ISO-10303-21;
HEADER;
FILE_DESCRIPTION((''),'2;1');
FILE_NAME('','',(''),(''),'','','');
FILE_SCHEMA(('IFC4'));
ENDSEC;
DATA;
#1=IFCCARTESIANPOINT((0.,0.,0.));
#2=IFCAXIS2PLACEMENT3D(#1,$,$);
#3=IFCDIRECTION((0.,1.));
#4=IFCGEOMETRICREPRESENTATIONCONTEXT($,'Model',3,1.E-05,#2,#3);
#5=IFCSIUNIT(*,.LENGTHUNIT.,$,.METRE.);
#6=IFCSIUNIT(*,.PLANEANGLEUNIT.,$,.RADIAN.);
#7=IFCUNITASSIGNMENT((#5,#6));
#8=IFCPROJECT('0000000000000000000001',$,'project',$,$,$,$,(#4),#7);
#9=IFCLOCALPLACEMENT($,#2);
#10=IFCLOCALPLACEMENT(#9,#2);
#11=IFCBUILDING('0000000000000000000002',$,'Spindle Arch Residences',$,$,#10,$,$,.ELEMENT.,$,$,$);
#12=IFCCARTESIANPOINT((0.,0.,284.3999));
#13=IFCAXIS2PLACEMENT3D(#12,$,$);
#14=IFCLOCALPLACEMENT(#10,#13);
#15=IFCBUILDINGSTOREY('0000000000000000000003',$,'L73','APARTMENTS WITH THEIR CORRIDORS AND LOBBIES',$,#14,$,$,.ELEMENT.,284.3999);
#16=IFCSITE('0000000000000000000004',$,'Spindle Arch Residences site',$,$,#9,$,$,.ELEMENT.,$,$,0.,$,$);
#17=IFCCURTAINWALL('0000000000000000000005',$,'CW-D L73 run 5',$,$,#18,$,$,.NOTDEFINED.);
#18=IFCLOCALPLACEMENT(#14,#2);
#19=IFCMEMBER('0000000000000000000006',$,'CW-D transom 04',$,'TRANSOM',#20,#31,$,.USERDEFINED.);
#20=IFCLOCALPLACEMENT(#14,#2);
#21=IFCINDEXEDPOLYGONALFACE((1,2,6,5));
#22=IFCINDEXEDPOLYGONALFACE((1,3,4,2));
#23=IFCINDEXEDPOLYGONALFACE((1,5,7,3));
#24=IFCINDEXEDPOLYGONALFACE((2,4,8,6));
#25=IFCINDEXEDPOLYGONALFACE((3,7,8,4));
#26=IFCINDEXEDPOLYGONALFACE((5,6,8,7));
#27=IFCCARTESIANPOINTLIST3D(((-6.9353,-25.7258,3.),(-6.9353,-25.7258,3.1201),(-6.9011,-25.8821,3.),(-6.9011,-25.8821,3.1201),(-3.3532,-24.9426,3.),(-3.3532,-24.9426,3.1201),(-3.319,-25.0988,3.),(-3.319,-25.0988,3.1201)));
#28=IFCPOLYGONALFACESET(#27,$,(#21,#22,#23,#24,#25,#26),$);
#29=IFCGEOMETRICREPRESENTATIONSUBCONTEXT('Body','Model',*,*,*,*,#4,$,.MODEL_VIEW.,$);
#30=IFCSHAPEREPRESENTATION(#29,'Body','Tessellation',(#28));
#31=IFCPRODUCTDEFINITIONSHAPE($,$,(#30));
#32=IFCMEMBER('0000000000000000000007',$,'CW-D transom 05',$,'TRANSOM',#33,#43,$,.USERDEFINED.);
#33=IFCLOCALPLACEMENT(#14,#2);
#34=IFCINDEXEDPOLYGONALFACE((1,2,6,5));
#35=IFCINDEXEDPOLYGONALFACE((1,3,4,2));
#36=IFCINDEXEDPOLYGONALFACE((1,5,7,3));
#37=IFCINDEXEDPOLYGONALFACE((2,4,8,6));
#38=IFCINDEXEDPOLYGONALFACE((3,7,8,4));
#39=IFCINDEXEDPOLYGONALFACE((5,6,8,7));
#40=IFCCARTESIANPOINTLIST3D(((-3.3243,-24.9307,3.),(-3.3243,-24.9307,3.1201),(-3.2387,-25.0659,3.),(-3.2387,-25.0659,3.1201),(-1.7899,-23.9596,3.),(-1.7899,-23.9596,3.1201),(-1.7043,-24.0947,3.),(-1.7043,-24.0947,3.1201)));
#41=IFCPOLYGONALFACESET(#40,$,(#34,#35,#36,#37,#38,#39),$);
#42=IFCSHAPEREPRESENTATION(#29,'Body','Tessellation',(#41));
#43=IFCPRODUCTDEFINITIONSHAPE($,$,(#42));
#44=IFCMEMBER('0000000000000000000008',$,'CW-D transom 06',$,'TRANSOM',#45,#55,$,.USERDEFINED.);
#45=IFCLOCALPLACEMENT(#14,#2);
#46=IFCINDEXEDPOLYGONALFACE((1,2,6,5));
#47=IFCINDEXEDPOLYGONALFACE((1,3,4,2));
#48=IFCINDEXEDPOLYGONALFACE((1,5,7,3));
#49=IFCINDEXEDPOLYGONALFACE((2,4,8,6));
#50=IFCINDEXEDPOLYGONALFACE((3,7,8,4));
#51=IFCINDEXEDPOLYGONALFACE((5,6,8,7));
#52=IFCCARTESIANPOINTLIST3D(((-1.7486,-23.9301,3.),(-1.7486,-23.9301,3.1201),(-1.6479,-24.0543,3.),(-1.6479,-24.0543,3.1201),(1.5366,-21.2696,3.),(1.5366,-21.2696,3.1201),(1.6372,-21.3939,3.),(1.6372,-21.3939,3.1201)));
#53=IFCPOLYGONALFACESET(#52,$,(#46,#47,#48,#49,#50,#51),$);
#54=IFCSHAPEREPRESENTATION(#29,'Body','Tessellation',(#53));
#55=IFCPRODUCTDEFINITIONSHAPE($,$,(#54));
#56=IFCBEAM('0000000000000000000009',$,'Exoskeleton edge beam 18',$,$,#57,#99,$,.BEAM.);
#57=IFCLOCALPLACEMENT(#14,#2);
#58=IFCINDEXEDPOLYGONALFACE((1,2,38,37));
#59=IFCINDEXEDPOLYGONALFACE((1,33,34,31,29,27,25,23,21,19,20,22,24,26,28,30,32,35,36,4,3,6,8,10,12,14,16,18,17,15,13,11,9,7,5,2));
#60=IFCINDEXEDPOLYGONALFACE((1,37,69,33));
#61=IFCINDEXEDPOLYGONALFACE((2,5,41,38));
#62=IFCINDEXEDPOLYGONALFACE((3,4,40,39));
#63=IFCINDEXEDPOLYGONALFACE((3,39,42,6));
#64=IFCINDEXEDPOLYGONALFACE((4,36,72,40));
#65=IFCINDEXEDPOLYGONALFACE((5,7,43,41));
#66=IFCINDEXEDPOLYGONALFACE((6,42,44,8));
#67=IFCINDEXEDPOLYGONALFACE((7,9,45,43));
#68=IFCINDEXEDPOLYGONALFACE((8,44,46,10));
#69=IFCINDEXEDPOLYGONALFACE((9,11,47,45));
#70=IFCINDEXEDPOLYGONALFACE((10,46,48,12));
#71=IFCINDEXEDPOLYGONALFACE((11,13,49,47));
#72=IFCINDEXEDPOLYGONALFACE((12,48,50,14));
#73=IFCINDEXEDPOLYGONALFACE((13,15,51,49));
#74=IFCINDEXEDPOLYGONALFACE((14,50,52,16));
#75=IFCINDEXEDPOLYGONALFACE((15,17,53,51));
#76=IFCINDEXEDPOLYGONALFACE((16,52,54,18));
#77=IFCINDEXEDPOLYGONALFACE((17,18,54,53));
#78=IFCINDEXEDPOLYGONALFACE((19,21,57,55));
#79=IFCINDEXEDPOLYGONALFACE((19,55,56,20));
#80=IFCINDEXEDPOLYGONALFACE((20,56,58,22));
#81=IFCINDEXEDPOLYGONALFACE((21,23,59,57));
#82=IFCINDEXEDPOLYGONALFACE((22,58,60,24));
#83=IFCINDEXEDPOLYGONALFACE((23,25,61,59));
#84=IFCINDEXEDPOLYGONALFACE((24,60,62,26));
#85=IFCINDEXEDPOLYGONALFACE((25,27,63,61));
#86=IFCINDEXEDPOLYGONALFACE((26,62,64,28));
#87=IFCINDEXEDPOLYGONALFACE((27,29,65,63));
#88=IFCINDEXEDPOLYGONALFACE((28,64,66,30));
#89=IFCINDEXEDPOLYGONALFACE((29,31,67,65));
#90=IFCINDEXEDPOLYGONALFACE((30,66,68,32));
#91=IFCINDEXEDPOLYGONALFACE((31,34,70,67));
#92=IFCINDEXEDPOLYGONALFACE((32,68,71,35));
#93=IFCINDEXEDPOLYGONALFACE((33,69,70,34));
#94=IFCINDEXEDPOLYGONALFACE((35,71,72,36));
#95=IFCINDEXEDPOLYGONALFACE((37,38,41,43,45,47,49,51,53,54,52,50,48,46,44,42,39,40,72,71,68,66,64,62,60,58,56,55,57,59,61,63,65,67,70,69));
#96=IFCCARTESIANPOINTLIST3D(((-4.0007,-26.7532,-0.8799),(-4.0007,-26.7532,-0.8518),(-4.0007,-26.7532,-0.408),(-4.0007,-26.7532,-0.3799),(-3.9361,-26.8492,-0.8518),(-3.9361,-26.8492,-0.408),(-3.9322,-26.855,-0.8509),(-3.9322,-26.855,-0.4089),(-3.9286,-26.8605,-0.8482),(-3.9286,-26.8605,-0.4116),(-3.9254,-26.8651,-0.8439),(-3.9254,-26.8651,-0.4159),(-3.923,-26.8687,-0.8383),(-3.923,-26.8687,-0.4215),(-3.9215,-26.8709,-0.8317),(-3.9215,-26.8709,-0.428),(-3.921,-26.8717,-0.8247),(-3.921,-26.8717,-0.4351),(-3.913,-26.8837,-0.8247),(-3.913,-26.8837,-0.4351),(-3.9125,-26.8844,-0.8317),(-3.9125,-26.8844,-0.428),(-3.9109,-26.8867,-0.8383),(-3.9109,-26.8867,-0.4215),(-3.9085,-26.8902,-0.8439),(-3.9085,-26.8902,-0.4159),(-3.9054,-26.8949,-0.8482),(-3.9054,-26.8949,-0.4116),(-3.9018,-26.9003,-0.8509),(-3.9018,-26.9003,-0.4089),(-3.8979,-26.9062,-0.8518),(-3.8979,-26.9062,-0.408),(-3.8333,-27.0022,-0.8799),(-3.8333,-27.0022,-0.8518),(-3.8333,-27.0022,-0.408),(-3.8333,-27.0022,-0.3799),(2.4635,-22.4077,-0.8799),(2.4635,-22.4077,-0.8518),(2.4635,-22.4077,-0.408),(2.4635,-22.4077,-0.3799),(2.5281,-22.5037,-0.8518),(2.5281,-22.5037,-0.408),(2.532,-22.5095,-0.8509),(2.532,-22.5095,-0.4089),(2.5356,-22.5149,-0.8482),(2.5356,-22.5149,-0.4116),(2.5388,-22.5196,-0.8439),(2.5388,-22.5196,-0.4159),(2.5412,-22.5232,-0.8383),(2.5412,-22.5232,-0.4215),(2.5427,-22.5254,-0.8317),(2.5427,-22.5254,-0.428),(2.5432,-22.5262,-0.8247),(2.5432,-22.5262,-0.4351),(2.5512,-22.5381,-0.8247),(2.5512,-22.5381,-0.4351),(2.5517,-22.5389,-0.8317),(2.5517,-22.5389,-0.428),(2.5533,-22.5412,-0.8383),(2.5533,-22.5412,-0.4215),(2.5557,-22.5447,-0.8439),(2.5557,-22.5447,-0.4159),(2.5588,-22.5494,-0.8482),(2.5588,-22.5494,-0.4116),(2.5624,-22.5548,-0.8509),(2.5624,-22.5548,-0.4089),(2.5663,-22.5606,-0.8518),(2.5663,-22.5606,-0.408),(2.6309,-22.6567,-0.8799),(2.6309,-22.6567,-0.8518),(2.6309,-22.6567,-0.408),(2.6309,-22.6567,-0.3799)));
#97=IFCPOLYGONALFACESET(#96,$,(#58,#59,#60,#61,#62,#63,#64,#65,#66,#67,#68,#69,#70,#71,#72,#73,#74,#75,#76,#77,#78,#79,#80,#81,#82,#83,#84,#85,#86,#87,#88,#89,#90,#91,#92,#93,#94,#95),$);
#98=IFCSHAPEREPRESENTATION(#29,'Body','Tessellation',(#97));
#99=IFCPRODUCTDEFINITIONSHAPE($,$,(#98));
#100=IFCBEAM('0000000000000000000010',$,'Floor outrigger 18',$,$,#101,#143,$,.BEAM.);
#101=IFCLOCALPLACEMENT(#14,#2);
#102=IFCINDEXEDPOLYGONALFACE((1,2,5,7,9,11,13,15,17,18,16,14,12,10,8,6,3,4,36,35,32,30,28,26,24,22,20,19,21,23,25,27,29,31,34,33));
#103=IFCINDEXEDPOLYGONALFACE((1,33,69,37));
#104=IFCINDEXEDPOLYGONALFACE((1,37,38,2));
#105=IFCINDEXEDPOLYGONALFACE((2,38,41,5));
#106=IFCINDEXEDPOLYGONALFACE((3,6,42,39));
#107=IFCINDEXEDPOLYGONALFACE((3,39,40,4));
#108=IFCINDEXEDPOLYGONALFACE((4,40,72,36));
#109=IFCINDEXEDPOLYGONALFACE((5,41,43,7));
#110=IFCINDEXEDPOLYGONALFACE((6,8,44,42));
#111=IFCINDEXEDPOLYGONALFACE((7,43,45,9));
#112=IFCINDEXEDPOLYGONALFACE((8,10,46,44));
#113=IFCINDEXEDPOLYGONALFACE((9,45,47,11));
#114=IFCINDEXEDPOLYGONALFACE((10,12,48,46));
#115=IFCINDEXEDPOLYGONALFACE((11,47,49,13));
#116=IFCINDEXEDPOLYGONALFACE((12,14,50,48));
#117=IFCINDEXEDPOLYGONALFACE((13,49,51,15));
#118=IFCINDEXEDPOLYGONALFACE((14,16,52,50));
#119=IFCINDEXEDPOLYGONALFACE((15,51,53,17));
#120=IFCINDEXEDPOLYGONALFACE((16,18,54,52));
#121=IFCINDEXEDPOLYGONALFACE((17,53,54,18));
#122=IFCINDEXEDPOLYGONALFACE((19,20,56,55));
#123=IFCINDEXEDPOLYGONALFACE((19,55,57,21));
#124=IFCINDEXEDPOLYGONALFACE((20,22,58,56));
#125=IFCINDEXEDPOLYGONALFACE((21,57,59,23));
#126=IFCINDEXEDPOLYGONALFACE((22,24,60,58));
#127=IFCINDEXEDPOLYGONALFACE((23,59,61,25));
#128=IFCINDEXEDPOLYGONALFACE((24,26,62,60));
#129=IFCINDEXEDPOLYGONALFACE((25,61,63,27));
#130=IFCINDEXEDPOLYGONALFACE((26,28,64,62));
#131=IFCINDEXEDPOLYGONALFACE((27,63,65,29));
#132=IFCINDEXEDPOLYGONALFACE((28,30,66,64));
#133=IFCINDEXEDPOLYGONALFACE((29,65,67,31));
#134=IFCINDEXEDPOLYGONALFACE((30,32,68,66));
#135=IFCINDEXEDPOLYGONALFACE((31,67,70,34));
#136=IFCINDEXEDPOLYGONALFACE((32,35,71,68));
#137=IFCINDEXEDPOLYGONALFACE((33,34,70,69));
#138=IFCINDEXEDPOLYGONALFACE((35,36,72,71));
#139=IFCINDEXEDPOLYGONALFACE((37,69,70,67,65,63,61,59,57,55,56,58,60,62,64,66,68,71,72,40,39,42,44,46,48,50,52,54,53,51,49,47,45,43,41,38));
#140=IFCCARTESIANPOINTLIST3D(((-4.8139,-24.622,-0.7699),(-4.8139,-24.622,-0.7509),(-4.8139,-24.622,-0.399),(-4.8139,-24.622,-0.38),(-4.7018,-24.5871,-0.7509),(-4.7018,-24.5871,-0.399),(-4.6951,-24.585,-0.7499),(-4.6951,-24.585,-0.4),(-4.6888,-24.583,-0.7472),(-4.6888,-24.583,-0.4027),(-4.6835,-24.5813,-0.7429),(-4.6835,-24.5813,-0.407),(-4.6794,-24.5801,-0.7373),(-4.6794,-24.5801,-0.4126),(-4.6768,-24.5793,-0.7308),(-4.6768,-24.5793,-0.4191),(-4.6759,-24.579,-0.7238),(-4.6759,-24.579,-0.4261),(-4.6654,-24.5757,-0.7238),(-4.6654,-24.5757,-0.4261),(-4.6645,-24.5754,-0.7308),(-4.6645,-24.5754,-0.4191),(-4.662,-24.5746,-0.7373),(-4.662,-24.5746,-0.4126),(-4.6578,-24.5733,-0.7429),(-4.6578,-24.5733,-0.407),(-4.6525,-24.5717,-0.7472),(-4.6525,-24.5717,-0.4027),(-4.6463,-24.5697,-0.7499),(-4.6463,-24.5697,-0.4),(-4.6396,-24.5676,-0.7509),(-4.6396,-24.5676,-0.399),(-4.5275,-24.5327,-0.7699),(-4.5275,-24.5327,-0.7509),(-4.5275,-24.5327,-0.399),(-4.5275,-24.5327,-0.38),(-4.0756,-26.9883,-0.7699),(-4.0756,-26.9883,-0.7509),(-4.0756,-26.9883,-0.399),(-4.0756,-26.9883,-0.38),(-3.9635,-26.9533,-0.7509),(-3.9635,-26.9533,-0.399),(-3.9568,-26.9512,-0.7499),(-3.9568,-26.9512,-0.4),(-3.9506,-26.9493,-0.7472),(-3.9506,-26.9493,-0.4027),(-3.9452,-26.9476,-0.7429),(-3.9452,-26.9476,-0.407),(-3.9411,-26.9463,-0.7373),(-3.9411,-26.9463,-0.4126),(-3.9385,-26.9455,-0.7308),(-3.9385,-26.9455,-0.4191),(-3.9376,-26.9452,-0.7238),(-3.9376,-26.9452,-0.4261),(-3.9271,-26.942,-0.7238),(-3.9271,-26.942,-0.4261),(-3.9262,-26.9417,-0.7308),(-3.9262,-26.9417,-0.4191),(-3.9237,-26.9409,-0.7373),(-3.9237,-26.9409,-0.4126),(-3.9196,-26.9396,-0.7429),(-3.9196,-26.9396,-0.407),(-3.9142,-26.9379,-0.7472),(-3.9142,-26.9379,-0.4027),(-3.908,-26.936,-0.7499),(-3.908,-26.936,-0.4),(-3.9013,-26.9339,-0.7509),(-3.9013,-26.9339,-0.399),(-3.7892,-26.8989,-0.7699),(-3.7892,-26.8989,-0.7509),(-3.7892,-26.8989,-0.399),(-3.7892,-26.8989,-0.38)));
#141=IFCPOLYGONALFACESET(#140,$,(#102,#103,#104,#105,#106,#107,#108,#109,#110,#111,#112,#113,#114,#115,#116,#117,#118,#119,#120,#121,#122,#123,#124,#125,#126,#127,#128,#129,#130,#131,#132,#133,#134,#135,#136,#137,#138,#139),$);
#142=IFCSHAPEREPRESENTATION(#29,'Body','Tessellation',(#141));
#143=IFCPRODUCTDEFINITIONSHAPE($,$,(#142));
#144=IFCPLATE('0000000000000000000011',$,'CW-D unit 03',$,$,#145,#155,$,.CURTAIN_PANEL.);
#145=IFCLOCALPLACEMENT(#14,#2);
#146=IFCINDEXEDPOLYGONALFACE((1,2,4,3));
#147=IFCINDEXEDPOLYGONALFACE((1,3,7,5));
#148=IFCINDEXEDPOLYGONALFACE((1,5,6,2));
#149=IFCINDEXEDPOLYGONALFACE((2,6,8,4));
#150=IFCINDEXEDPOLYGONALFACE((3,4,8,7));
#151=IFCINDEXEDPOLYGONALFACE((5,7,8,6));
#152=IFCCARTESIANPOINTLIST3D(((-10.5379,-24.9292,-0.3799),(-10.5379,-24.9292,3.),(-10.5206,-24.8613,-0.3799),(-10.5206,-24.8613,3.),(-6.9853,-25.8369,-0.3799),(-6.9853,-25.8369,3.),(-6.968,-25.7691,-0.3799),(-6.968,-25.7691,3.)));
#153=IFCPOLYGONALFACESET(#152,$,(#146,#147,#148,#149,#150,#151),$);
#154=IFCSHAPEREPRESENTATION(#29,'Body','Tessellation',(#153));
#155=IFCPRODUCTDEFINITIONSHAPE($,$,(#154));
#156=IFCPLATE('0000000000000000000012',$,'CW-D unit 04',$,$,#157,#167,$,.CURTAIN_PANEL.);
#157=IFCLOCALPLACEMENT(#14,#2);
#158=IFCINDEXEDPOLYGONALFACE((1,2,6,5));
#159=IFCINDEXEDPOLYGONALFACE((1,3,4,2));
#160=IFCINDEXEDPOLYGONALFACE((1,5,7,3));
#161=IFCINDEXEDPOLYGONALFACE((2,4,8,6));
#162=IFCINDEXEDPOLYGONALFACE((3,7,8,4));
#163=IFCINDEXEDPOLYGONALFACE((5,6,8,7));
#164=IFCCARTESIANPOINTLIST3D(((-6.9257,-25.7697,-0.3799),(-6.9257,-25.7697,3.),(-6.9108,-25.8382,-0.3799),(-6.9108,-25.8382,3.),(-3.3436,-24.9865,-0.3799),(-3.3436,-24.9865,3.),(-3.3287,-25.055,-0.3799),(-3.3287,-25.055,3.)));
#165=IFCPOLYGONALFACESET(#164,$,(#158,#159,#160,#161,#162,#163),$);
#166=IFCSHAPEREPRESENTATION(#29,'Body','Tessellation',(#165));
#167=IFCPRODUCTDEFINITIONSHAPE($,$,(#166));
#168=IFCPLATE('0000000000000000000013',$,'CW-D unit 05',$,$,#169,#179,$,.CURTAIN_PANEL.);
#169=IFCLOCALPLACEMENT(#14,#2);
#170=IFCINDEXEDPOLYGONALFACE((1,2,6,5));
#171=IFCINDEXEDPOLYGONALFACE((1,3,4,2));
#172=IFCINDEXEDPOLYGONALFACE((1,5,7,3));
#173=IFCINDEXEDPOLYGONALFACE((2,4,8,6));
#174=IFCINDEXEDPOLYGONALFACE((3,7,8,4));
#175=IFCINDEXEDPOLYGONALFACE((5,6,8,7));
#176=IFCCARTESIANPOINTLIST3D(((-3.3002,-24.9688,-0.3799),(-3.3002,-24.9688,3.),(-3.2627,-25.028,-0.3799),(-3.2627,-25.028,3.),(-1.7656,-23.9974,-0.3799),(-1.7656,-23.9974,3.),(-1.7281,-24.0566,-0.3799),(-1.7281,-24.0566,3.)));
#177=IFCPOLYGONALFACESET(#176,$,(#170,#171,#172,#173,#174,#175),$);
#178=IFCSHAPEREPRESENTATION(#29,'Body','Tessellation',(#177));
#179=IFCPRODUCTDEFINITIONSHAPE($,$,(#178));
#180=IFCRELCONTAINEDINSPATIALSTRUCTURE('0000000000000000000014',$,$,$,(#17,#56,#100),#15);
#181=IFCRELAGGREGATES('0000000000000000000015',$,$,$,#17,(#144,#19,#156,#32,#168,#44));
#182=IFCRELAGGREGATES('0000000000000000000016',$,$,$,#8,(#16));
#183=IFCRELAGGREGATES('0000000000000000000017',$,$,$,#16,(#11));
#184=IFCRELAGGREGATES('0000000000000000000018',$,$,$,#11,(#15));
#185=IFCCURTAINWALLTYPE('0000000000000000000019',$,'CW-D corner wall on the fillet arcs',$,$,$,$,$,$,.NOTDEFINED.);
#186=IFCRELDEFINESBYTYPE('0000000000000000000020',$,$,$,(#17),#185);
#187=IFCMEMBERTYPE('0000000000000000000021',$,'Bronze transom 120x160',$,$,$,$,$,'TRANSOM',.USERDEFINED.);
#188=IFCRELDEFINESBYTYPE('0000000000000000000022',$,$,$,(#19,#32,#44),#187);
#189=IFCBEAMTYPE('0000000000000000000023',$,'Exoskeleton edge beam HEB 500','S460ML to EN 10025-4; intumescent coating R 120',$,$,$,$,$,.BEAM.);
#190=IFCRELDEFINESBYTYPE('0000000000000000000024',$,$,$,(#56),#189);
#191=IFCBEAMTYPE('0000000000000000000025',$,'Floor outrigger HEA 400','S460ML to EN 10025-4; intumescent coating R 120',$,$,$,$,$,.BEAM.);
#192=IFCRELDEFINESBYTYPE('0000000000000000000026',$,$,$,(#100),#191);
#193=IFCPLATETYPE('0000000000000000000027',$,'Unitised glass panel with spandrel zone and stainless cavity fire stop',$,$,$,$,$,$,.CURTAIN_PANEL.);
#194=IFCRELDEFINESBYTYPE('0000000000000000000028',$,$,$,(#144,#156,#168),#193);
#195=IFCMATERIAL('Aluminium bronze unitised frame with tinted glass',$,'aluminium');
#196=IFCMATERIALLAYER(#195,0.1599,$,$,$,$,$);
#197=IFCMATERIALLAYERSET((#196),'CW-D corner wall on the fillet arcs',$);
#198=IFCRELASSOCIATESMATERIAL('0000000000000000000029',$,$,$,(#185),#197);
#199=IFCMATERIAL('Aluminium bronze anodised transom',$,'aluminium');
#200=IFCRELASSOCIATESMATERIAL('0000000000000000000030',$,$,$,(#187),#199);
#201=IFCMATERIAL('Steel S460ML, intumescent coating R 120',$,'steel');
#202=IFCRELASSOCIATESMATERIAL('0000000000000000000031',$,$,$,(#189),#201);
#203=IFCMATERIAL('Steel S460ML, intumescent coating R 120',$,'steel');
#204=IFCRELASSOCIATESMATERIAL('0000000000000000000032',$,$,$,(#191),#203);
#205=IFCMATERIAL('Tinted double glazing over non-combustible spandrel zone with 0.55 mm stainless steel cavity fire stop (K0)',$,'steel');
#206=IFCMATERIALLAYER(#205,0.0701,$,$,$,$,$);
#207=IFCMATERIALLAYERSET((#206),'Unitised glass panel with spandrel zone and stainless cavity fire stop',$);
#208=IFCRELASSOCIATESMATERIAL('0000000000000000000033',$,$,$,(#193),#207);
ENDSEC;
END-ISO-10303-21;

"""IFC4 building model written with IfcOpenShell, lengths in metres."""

from ifc_helpers import new_model, si_unit, direction, frame, origin, origin_2d, place, context, subcontext, project, spatial, rectangle, i_section, extrude, material, layer, layer_set, material_profile, profile_set, type_object, element, aggregate, save


model = new_model("IFC4")

# Units and contexts
model_context = context("Model", 3, precision=1e-05, world=origin(), true_north=direction((0.0, 1.0)))
body_context = subcontext(model_context, "Body", "Model", "MODEL_VIEW")
ifc_project = project(units=[si_unit("LENGTHUNIT", "METRE"), si_unit("PLANEANGLEUNIT", "RADIAN")], contexts=[model_context])

# Site, building, storey
site_placement = place(None, origin())
site = spatial("IfcSite", under=ifc_project, at=site_placement, Name="Spindle Arch Residences site", CompositionType="ELEMENT", RefElevation=0.0)
building_placement = place(site_placement, origin())
building = spatial("IfcBuilding", under=site, at=building_placement, Name="Spindle Arch Residences", CompositionType="ELEMENT")
storey_placement = place(building_placement, frame((0.0, 0.0, 284.3999)))
storey = spatial("IfcBuildingStorey", under=building, at=storey_placement, Name="L73", Description="APARTMENTS WITH THEIR CORRIDORS AND LOBBIES", CompositionType="ELEMENT", Elevation=284.3999)

# Curtain wall, members
ifc_material_1 = material(Name="Aluminium bronze unitised frame with tinted glass", Category="aluminium")
ifc_layer_1 = layer(ifc_material_1, 0.1599)
ifc_layer_set_1 = layer_set([ifc_layer_1], Name="CW-D corner wall on the fillet arcs")
curtain_wall_type = type_object("IfcCurtainWallType", Name="CW-D corner wall on the fillet arcs", PredefinedType="NOTDEFINED", material=ifc_layer_set_1)
curtain_wall_placement = place(storey_placement, origin())
curtain_wall = element("IfcCurtainWall", 1, at=curtain_wall_placement, inside=storey, type_object=curtain_wall_type, Name="CW-D L73 run 5", PredefinedType="NOTDEFINED")
ifc_material_2 = material(Name="Aluminium bronze anodised transom", Category="aluminium")
ifc_material_profile_1 = material_profile(ifc_material_2, rectangle(XDim=0.1599, YDim=0.1201, at=origin_2d()), Name="TR 120x160")
ifc_profile_set_1 = profile_set([ifc_material_profile_1], Name="Aluminium bronze anodised transom")
member_type_1 = type_object("IfcMemberType", Name="Bronze transom 120x160", ElementType="TRANSOM", PredefinedType="USERDEFINED", material=ifc_profile_set_1)
member_1_placement = place(storey_placement, frame((-6.9182, -25.804, 3.0601), z_axis=(0.976921, 0.213602, 0.0), x_axis=(-0.213602, 0.976921, 0.0)))
member_1 = element("IfcMember", 2, at=member_1_placement, type_object=member_type_1, Name="CW-D transom 04", ObjectType="TRANSOM", PredefinedType="USERDEFINED", context=body_context, shape_type="SweptSolid", body=[
    extrude(rectangle(XDim=0.1599, YDim=0.1201, at=origin_2d()), origin(), (0.0, 0.0, 1.0), 3.6667),
])
member_2_placement = place(storey_placement, frame((-3.2815, -24.9983, 3.0601), z_axis=(0.844971, 0.534812, 0.0), x_axis=(-0.534812, 0.844971, 0.0)))
member_2 = element("IfcMember", 3, at=member_2_placement, type_object=member_type_1, Name="CW-D transom 05", ObjectType="TRANSOM", PredefinedType="USERDEFINED", context=body_context, shape_type="SweptSolid", body=[
    extrude(rectangle(XDim=0.1599, YDim=0.1201, at=origin_2d()), origin(), (0.0, 0.0, 1.0), 1.8159),
])
member_3_placement = place(storey_placement, frame((-1.6982, -23.9922, 3.0601), z_axis=(0.777131, 0.629339, 0.0), x_axis=(-0.629339, 0.777131, 0.0)))
member_3 = element("IfcMember", 4, at=member_3_placement, type_object=member_type_1, Name="CW-D transom 06", ObjectType="TRANSOM", PredefinedType="USERDEFINED", context=body_context, shape_type="SweptSolid", body=[
    extrude(rectangle(XDim=0.1599, YDim=0.1201, at=origin_2d()), origin(), (0.0, 0.0, 1.0), 4.2273),
])

# Beams
ifc_material_3 = material(Name="Steel S460ML, intumescent coating R 120", Category="steel")
ifc_material_profile_2 = material_profile(ifc_material_3, i_section(OverallWidth=0.3, OverallDepth=0.5, WebThickness=0.0144, FlangeThickness=0.0281, FilletRadius=0.0271, at=origin_2d()), Name="HEB 500")
ifc_profile_set_2 = profile_set([ifc_material_profile_2], Name="Steel S460ML, intumescent coating R 120")
beam_type_1 = type_object("IfcBeamType", Name="Exoskeleton edge beam HEB 500", Description="S460ML to EN 10025-4; intumescent coating R 120", PredefinedType="BEAM", material=ifc_profile_set_2)
beam_1_placement = place(storey_placement, frame((-3.917, -26.8777, -0.6299), z_axis=(0.829908, 0.5579, 0.0), x_axis=(-0.5579, 0.829908, 0.0)))
element("IfcBeam", 5, at=beam_1_placement, inside=storey, type_object=beam_type_1, Name="Exoskeleton edge beam 18", PredefinedType="BEAM", context=body_context, shape_type="SweptSolid", body=[
    extrude(i_section(OverallWidth=0.3, OverallDepth=0.5, WebThickness=0.0144, FlangeThickness=0.0281, FilletRadius=0.0271, at=origin_2d()), origin(), (0.0, 0.0, 1.0), 7.7891),
])
ifc_material_4 = material(Name="Steel S460ML, intumescent coating R 120", Category="steel")
ifc_material_profile_3 = material_profile(ifc_material_4, i_section(OverallWidth=0.3, OverallDepth=0.3899, WebThickness=0.011, FlangeThickness=0.019, FilletRadius=0.0271, at=origin_2d()), Name="HEA 400")
ifc_profile_set_3 = profile_set([ifc_material_profile_3], Name="Steel S460ML, intumescent coating R 120")
beam_type_2 = type_object("IfcBeamType", Name="Floor outrigger HEA 400", Description="S460ML to EN 10025-4; intumescent coating R 120", PredefinedType="BEAM", material=ifc_profile_set_3)
beam_2_placement = place(storey_placement, frame((-3.9324, -26.9436, -0.575), z_axis=(-0.297849, 0.954613, 0.0), x_axis=(-0.954613, -0.297849, 0.0)))
element("IfcBeam", 6, at=beam_2_placement, inside=storey, type_object=beam_type_2, Name="Floor outrigger 18", PredefinedType="BEAM", context=body_context, shape_type="SweptSolid", body=[
    extrude(i_section(OverallWidth=0.3, OverallDepth=0.3899, WebThickness=0.011, FlangeThickness=0.019, FilletRadius=0.0271, at=origin_2d()), origin(), (0.0, 0.0, 1.0), 2.4788),
])

# Plates
ifc_material_5 = material(Name="Tinted double glazing over non-combustible spandrel zone with 0.55 mm stainless steel cavity fire stop (K0)", Category="steel")
ifc_layer_2 = layer(ifc_material_5, 0.0701)
ifc_layer_set_2 = layer_set([ifc_layer_2], Name="Unitised glass panel with spandrel zone and stainless cavity fire stop")
plate_type = type_object("IfcPlateType", Name="Unitised glass panel with spandrel zone and stainless cavity fire stop", PredefinedType="CURTAIN_PANEL", material=ifc_layer_set_2)
plate_1_placement = place(storey_placement, frame((-8.7529, -25.3491, -0.3799), z_axis=(0.0, 0.0, 1.0), x_axis=(0.968872, -0.247563, 0.0)))
plate_1 = element("IfcPlate", 7, at=plate_1_placement, type_object=plate_type, Name="CW-D unit 03", PredefinedType="CURTAIN_PANEL", context=body_context, shape_type="SweptSolid", body=[
    extrude(rectangle(XDim=3.6667, YDim=0.0701, at=origin_2d()), origin(), (0.0, 0.0, 1.0), 3.3799),
])
plate_2_placement = place(storey_placement, frame((-5.1272, -25.4124, -0.3799), z_axis=(0.0, 0.0, 1.0), x_axis=(0.976921, 0.213599, 0.0)))
plate_2 = element("IfcPlate", 8, at=plate_2_placement, type_object=plate_type, Name="CW-D unit 04", PredefinedType="CURTAIN_PANEL", context=body_context, shape_type="SweptSolid", body=[
    extrude(rectangle(XDim=3.6667, YDim=0.0701, at=origin_2d()), origin(), (0.0, 0.0, 1.0), 3.3799),
])
plate_3_placement = place(storey_placement, frame((-2.5142, -24.5127, -0.3799), z_axis=(0.0, 0.0, 1.0), x_axis=(0.844951, 0.534844, 0.0)))
plate_3 = element("IfcPlate", 9, at=plate_3_placement, type_object=plate_type, Name="CW-D unit 05", PredefinedType="CURTAIN_PANEL", context=body_context, shape_type="SweptSolid", body=[
    extrude(rectangle(XDim=1.8162, YDim=0.0701, at=origin_2d()), origin(), (0.0, 0.0, 1.0), 3.3799),
])
aggregate(curtain_wall, [plate_1, member_1, plate_2, member_2, plate_3, member_3])

save(model, "model.ifc")
